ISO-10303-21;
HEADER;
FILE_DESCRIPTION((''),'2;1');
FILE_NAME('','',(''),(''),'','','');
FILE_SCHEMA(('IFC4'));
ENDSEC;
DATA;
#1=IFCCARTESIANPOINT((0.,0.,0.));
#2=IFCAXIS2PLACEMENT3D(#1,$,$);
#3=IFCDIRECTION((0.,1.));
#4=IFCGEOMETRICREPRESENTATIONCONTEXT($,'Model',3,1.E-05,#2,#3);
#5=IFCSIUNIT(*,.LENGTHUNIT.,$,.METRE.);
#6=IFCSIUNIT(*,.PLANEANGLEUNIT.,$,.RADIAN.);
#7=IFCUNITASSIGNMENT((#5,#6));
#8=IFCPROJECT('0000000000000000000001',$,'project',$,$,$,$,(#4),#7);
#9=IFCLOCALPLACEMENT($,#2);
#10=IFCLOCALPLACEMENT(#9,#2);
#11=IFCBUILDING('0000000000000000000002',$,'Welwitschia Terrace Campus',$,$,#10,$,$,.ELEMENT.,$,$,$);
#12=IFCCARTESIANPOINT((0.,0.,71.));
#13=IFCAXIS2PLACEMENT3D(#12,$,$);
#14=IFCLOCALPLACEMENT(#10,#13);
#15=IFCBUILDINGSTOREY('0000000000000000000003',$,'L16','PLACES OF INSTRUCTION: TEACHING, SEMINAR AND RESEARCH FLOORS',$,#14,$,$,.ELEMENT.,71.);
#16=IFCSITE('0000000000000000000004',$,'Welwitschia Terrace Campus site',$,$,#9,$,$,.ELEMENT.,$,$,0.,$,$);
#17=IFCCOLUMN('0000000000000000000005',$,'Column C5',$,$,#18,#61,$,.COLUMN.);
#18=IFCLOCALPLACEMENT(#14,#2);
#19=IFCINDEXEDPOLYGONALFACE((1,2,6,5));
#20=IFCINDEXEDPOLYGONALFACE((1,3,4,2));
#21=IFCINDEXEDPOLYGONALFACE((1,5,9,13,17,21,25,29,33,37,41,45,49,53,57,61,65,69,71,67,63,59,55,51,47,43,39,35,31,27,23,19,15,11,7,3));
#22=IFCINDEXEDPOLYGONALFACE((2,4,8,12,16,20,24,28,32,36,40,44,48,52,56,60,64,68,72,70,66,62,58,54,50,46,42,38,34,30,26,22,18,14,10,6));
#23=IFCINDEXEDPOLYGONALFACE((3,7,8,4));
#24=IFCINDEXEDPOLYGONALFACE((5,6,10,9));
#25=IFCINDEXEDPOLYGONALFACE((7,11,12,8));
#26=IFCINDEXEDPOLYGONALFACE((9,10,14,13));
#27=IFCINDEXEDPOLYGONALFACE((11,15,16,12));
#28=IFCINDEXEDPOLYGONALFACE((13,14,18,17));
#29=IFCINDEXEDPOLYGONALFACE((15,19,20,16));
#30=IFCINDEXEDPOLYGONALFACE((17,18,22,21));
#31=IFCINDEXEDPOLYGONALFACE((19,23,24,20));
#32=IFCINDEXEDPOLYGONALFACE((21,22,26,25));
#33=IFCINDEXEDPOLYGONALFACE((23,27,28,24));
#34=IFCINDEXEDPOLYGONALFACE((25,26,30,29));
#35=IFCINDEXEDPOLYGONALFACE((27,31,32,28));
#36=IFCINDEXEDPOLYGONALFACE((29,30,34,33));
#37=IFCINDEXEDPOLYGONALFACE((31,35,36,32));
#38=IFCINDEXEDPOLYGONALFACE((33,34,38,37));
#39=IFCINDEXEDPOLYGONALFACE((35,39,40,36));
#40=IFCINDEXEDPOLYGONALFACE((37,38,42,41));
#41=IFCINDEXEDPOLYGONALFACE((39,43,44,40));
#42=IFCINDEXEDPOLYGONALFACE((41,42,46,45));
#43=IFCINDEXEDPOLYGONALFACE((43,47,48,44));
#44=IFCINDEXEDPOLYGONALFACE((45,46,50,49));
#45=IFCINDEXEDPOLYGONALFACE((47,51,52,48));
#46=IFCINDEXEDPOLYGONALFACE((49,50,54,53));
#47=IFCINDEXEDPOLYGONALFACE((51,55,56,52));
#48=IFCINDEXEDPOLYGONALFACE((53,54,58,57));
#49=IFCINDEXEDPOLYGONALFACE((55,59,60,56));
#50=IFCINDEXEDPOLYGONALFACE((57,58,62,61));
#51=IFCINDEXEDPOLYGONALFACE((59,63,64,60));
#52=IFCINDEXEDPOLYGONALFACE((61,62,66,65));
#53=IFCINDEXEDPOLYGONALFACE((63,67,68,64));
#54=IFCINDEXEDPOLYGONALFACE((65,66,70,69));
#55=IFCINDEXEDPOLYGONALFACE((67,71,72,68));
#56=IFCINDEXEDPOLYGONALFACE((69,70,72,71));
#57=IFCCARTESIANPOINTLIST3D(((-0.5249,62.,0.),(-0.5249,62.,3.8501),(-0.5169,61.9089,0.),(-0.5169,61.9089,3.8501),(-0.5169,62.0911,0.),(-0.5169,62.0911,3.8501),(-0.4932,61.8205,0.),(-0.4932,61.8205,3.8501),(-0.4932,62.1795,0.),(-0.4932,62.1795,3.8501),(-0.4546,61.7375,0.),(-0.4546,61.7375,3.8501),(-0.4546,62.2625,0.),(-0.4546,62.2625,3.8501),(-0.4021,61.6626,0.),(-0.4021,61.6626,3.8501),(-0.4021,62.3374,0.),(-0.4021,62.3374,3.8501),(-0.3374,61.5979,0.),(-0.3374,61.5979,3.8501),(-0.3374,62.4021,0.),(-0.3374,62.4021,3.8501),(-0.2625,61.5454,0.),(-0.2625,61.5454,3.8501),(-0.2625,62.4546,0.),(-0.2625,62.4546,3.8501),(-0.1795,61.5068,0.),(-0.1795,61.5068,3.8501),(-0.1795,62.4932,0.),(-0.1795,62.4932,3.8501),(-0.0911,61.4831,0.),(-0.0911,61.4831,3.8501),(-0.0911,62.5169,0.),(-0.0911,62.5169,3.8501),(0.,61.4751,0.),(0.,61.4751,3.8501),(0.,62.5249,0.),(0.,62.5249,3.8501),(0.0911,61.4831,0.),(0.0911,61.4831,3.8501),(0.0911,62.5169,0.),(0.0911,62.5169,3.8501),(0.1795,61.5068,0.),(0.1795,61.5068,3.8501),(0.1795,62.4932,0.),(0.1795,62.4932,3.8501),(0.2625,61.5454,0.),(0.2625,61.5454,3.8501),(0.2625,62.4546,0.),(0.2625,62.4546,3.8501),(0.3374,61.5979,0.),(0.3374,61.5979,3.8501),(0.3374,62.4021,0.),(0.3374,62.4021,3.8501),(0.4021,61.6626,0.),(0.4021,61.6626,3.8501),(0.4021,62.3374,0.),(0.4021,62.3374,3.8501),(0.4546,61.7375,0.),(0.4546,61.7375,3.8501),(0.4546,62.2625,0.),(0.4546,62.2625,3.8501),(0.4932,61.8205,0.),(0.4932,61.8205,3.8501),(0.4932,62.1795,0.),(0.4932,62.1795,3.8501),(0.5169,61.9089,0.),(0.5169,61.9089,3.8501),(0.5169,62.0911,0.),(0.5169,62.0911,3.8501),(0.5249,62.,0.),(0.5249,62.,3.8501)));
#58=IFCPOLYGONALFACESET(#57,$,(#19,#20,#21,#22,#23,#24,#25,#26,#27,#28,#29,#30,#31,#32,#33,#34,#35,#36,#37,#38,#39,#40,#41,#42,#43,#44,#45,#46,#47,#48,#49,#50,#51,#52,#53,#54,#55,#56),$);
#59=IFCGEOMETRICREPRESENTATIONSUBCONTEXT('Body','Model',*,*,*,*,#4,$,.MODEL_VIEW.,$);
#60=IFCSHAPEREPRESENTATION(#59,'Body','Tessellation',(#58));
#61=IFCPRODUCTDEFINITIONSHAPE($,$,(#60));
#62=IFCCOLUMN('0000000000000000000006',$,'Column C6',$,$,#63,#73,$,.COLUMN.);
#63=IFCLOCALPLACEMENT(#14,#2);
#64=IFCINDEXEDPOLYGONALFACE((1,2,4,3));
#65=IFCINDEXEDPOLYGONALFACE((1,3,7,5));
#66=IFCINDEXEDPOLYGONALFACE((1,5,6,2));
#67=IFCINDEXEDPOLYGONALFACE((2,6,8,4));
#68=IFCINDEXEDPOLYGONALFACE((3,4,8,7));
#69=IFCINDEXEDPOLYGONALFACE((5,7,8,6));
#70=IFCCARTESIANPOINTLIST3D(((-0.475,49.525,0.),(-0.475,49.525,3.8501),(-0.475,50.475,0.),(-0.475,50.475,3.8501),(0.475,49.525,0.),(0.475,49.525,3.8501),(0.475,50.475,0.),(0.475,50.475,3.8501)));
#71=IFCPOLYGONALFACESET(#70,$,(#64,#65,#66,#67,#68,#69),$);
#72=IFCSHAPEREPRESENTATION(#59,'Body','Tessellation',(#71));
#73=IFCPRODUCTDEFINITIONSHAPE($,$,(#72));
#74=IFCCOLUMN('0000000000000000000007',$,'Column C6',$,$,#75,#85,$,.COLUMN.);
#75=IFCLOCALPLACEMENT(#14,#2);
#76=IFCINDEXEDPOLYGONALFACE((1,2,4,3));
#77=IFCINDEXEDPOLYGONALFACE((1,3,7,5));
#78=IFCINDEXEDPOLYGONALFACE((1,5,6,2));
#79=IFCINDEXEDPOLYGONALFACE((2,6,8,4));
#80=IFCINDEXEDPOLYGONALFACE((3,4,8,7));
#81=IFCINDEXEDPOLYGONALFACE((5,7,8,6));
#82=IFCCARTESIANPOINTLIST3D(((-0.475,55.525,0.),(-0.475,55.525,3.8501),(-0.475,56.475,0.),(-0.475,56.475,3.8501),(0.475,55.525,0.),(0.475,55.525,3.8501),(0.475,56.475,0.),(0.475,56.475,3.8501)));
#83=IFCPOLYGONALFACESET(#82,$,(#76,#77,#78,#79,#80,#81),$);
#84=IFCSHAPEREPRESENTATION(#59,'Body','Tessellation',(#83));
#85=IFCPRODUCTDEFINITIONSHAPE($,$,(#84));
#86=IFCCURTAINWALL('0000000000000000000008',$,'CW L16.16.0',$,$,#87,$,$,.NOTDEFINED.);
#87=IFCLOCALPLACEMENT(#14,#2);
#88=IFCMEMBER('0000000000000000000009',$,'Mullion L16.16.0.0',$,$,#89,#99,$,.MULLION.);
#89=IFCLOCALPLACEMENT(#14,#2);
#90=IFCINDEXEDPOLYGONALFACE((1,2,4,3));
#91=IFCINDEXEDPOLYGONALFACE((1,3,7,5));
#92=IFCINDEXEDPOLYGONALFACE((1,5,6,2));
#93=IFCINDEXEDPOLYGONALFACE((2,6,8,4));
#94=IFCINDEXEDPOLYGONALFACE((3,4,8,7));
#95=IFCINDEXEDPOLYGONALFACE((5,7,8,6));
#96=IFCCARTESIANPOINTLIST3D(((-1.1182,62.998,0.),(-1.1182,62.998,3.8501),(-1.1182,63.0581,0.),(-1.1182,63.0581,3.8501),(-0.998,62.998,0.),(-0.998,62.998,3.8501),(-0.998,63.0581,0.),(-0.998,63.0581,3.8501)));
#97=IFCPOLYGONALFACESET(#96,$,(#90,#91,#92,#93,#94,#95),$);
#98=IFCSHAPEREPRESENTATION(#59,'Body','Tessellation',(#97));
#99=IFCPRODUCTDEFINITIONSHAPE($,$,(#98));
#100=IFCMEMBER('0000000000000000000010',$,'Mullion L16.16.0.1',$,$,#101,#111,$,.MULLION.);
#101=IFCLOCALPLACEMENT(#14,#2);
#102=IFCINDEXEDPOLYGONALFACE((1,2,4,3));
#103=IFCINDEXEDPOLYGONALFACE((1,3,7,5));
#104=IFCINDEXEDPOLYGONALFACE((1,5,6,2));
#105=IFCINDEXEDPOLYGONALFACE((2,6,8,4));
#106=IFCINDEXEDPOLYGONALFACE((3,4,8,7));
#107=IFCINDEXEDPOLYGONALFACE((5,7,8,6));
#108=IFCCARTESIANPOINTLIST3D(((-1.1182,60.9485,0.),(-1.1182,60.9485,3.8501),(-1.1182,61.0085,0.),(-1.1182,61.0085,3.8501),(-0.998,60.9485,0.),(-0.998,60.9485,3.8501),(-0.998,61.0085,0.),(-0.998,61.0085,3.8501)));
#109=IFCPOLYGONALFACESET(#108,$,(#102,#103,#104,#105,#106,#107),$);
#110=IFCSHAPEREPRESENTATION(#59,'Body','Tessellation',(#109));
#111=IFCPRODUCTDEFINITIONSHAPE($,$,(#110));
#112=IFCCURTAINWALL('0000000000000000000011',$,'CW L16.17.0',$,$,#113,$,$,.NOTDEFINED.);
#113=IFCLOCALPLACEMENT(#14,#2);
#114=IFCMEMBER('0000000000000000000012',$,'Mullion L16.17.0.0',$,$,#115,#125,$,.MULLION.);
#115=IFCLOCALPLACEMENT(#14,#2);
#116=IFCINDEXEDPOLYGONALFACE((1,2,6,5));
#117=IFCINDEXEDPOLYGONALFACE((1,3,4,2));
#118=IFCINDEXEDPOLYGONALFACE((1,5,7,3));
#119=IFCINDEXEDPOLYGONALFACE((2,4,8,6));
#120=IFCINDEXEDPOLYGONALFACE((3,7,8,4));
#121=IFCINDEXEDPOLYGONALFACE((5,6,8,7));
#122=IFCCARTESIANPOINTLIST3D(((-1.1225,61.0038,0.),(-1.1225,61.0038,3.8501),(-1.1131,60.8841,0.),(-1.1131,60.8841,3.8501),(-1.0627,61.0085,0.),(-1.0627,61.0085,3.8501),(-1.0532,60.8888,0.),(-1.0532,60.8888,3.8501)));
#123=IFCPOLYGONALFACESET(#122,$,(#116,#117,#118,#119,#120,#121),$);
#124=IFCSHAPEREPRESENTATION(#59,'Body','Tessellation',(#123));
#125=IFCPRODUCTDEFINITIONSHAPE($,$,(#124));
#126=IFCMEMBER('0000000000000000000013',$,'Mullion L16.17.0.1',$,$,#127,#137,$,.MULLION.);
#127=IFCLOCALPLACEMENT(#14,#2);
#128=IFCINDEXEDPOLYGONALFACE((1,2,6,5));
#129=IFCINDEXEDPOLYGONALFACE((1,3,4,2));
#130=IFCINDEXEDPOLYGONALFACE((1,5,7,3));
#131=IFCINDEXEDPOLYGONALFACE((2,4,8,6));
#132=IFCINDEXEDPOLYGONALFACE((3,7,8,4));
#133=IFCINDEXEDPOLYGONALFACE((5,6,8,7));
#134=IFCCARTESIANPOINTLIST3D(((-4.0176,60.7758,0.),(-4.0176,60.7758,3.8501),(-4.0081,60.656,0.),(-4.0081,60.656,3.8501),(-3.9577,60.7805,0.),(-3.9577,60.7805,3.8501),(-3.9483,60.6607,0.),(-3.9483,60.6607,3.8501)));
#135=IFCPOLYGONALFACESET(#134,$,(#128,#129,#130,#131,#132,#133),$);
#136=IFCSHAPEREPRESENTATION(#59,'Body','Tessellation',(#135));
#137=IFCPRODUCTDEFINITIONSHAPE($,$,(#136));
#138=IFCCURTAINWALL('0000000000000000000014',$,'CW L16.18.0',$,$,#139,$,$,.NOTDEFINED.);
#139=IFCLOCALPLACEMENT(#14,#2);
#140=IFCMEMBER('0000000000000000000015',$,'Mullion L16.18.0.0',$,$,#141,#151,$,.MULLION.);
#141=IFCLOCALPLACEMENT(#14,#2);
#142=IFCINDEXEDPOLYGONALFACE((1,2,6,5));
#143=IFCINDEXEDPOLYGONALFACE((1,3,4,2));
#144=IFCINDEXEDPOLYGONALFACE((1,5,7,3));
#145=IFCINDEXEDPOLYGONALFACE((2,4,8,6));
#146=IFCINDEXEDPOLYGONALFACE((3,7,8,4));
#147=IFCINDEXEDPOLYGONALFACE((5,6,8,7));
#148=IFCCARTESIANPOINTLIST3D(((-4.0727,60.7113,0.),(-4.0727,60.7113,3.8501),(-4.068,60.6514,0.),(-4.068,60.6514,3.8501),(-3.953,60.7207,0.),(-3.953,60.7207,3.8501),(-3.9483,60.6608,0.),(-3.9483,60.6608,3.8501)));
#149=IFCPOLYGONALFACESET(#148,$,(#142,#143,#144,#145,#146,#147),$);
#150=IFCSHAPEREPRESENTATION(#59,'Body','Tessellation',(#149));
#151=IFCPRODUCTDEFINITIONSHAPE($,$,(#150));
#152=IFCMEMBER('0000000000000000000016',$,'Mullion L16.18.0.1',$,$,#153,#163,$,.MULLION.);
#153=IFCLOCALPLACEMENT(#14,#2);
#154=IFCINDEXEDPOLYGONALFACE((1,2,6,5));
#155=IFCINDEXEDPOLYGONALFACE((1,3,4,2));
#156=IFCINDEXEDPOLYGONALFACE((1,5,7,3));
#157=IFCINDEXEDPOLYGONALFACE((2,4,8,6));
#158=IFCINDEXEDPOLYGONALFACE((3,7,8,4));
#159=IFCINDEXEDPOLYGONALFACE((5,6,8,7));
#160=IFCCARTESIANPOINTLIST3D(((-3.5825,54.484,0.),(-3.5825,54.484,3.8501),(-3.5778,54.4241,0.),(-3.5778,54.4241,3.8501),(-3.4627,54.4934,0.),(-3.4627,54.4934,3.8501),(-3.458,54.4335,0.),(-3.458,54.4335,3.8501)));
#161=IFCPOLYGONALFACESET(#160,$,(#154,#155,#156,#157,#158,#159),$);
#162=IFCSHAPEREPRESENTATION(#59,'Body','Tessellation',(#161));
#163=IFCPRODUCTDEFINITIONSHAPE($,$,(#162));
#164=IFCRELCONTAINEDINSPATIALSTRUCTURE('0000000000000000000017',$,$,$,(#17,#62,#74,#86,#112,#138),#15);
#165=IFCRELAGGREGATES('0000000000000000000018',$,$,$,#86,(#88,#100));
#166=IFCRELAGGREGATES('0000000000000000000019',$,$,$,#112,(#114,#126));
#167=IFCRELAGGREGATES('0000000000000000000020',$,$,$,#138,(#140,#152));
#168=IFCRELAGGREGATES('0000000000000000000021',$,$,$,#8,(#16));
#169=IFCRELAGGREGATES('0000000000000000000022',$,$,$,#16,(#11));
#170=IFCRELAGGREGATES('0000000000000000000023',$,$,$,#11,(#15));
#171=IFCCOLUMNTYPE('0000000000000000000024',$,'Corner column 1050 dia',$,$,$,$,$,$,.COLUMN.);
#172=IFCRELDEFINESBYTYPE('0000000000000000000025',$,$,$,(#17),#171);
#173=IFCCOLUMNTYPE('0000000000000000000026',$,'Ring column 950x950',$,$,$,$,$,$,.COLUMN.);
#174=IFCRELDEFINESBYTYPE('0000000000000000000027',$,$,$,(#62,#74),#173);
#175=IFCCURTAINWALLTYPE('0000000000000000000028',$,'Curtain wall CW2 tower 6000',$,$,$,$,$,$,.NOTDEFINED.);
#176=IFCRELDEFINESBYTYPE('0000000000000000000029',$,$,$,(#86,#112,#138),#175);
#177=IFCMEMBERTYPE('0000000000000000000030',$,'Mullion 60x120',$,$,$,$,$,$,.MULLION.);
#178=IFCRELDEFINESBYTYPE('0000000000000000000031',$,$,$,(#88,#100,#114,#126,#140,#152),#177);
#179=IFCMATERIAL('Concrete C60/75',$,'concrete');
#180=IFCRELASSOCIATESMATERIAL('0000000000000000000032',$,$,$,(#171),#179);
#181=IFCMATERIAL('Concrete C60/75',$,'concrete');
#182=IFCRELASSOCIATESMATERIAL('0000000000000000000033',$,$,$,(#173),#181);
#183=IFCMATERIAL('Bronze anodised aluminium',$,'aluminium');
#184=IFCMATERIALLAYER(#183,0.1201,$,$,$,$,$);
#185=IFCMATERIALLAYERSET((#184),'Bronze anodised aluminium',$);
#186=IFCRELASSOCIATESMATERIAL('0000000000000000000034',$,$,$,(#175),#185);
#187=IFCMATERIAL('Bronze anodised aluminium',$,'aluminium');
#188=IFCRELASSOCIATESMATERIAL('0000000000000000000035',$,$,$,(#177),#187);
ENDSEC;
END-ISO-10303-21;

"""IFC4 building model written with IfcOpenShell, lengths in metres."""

from ifc_helpers import new_model, si_unit, direction, frame, origin, origin_2d, place, context, subcontext, project, spatial, rectangle, circle, extrude, material, layer, layer_set, material_profile, profile_set, type_object, element, aggregate, save


model = new_model("IFC4")

# Units and contexts
model_context = context("Model", 3, precision=1e-05, world=origin(), true_north=direction((0.0, 1.0)))
body_context = subcontext(model_context, "Body", "Model", "MODEL_VIEW")
ifc_project = project(units=[si_unit("LENGTHUNIT", "METRE"), si_unit("PLANEANGLEUNIT", "RADIAN")], contexts=[model_context])

# Site, building, storey
site_placement = place(None, origin())
site = spatial("IfcSite", under=ifc_project, at=site_placement, Name="Welwitschia Terrace Campus site", CompositionType="ELEMENT", RefElevation=0.0)
building_placement = place(site_placement, origin())
building = spatial("IfcBuilding", under=site, at=building_placement, Name="Welwitschia Terrace Campus", CompositionType="ELEMENT")
storey_placement = place(building_placement, frame((0.0, 0.0, 71.0)))
storey = spatial("IfcBuildingStorey", under=building, at=storey_placement, Name="L16", Description="PLACES OF INSTRUCTION: TEACHING, SEMINAR AND RESEARCH FLOORS", CompositionType="ELEMENT", Elevation=71.0)

# Columns
ifc_material_1 = material(Name="Concrete C60/75", Category="concrete")
ifc_material_profile_1 = material_profile(ifc_material_1, circle(Radius=0.5249, at=origin_2d()))
ifc_profile_set_1 = profile_set([ifc_material_profile_1], Name="Concrete C60/75")
column_type_1 = type_object("IfcColumnType", Name="Corner column 1050 dia", PredefinedType="COLUMN", material=ifc_profile_set_1)
column_placement = place(storey_placement, frame((0.0, 62.0, 0.0), z_axis=(0.0, 0.0, 1.0), x_axis=(1.0, 0.0, 0.0)))
element("IfcColumn", 1, at=column_placement, inside=storey, type_object=column_type_1, Name="Column C5", PredefinedType="COLUMN", context=body_context, shape_type="SweptSolid", body=[
    extrude(circle(Radius=0.5249, at=origin_2d()), origin(), (0.0, 0.0, 1.0), 3.8501),
])
ifc_material_2 = material(Name="Concrete C60/75", Category="concrete")
ifc_material_profile_2 = material_profile(ifc_material_2, rectangle(XDim=0.95, YDim=0.95, at=origin_2d()))
ifc_profile_set_2 = profile_set([ifc_material_profile_2], Name="Concrete C60/75")
column_type_2 = type_object("IfcColumnType", Name="Ring column 950x950", PredefinedType="COLUMN", material=ifc_profile_set_2)
for number, where, z_axis, x_axis, name in (
    (2, (0.0, 50.0, 0.0), (0.0, 0.0, 1.0), (1.0, 0.0, 0.0), "Column C6"),
    (3, (0.0, 56.0, 0.0), (0.0, 0.0, 1.0), (1.0, 0.0, 0.0), "Column C6"),
):
    element("IfcColumn", number, at=place(storey_placement, frame(where, z_axis=z_axis, x_axis=x_axis)), inside=storey, type_object=column_type_2, Name=name, PredefinedType="COLUMN", context=body_context, shape_type="SweptSolid", body=[
        extrude(rectangle(XDim=0.95, YDim=0.95, at=origin_2d()), origin(), (0.0, 0.0, 1.0), 3.8501),
    ])

# Curtain walls, members
ifc_material_3 = material(Name="Bronze anodised aluminium", Category="aluminium")
ifc_layer_1 = layer(ifc_material_3, 0.1201)
ifc_layer_set_1 = layer_set([ifc_layer_1], Name="Bronze anodised aluminium")
curtain_wall_type = type_object("IfcCurtainWallType", Name="Curtain wall CW2 tower 6000", PredefinedType="NOTDEFINED", material=ifc_layer_set_1)
curtain_wall_1_placement = place(storey_placement, origin())
curtain_wall_1 = element("IfcCurtainWall", 4, at=curtain_wall_1_placement, inside=storey, type_object=curtain_wall_type, Name="CW L16.16.0", PredefinedType="NOTDEFINED")
ifc_material_4 = material(Name="Bronze anodised aluminium", Category="aluminium")
ifc_material_profile_3 = material_profile(ifc_material_4, rectangle(XDim=0.1201, YDim=0.0601, at=origin_2d()))
ifc_profile_set_3 = profile_set([ifc_material_profile_3], Name="Bronze anodised aluminium")
member_type_1 = type_object("IfcMemberType", Name="Mullion 60x120", PredefinedType="MULLION", material=ifc_profile_set_3)
member_1_placement = place(storey_placement, frame((-1.0581, 63.0281, 0.0), z_axis=(0.0, 0.0, 1.0), x_axis=(1.0, 0.0, 0.0)))
member_1 = element("IfcMember", 5, at=member_1_placement, type_object=member_type_1, Name="Mullion L16.16.0.0", PredefinedType="MULLION", context=body_context, shape_type="SweptSolid", body=[
    extrude(rectangle(XDim=0.1201, YDim=0.0601, at=origin_2d()), origin(), (0.0, 0.0, 1.0), 3.8501),
])
member_2_placement = place(storey_placement, frame((-1.0581, 60.9785, 0.0), z_axis=(0.0, 0.0, 1.0), x_axis=(1.0, 0.0, 0.0)))
member_2 = element("IfcMember", 6, at=member_2_placement, type_object=member_type_1, Name="Mullion L16.16.0.1", PredefinedType="MULLION", context=body_context, shape_type="SweptSolid", body=[
    extrude(rectangle(XDim=0.1201, YDim=0.0601, at=origin_2d()), origin(), (0.0, 0.0, 1.0), 3.8501),
])
curtain_wall_2_placement = place(storey_placement, origin())
curtain_wall_2 = element("IfcCurtainWall", 7, at=curtain_wall_2_placement, inside=storey, type_object=curtain_wall_type, Name="CW L16.17.0", PredefinedType="NOTDEFINED")
member_3_placement = place(storey_placement, frame((-1.0879, 60.9463, 0.0), z_axis=(0.0, 0.0, 1.0), x_axis=(0.078459, -0.996917, 0.0)))
member_3 = element("IfcMember", 8, at=member_3_placement, type_object=member_type_1, Name="Mullion L16.17.0.0", PredefinedType="MULLION", context=body_context, shape_type="SweptSolid", body=[
    extrude(rectangle(XDim=0.1201, YDim=0.0601, at=origin_2d()), origin(), (0.0, 0.0, 1.0), 3.8501),
])
member_4_placement = place(storey_placement, frame((-3.9829, 60.7183, 0.0), z_axis=(0.0, 0.0, 1.0), x_axis=(0.078459, -0.996917, 0.0)))
member_4 = element("IfcMember", 9, at=member_4_placement, type_object=member_type_1, Name="Mullion L16.17.0.1", PredefinedType="MULLION", context=body_context, shape_type="SweptSolid", body=[
    extrude(rectangle(XDim=0.1201, YDim=0.0601, at=origin_2d()), origin(), (0.0, 0.0, 1.0), 3.8501),
])
curtain_wall_3_placement = place(storey_placement, origin())
curtain_wall_3 = element("IfcCurtainWall", 10, at=curtain_wall_3_placement, inside=storey, type_object=curtain_wall_type, Name="CW L16.18.0", PredefinedType="NOTDEFINED")
member_5_placement = place(storey_placement, frame((-4.0105, 60.686, 0.0), z_axis=(0.0, 0.0, 1.0), x_axis=(0.996917, 0.078459, 0.0)))
member_5 = element("IfcMember", 11, at=member_5_placement, type_object=member_type_1, Name="Mullion L16.18.0.0", PredefinedType="MULLION", context=body_context, shape_type="SweptSolid", body=[
    extrude(rectangle(XDim=0.1201, YDim=0.0601, at=origin_2d()), origin(), (0.0, 0.0, 1.0), 3.8501),
])
member_6_placement = place(storey_placement, frame((-3.5203, 54.4587, 0.0), z_axis=(0.0, 0.0, 1.0), x_axis=(0.996917, 0.078459, 0.0)))
member_6 = element("IfcMember", 12, at=member_6_placement, type_object=member_type_1, Name="Mullion L16.18.0.1", PredefinedType="MULLION", context=body_context, shape_type="SweptSolid", body=[
    extrude(rectangle(XDim=0.1201, YDim=0.0601, at=origin_2d()), origin(), (0.0, 0.0, 1.0), 3.8501),
])

aggregate(curtain_wall_1, [member_1, member_2])
aggregate(curtain_wall_2, [member_3, member_4])
aggregate(curtain_wall_3, [member_5, member_6])

save(model, "model.ifc")
